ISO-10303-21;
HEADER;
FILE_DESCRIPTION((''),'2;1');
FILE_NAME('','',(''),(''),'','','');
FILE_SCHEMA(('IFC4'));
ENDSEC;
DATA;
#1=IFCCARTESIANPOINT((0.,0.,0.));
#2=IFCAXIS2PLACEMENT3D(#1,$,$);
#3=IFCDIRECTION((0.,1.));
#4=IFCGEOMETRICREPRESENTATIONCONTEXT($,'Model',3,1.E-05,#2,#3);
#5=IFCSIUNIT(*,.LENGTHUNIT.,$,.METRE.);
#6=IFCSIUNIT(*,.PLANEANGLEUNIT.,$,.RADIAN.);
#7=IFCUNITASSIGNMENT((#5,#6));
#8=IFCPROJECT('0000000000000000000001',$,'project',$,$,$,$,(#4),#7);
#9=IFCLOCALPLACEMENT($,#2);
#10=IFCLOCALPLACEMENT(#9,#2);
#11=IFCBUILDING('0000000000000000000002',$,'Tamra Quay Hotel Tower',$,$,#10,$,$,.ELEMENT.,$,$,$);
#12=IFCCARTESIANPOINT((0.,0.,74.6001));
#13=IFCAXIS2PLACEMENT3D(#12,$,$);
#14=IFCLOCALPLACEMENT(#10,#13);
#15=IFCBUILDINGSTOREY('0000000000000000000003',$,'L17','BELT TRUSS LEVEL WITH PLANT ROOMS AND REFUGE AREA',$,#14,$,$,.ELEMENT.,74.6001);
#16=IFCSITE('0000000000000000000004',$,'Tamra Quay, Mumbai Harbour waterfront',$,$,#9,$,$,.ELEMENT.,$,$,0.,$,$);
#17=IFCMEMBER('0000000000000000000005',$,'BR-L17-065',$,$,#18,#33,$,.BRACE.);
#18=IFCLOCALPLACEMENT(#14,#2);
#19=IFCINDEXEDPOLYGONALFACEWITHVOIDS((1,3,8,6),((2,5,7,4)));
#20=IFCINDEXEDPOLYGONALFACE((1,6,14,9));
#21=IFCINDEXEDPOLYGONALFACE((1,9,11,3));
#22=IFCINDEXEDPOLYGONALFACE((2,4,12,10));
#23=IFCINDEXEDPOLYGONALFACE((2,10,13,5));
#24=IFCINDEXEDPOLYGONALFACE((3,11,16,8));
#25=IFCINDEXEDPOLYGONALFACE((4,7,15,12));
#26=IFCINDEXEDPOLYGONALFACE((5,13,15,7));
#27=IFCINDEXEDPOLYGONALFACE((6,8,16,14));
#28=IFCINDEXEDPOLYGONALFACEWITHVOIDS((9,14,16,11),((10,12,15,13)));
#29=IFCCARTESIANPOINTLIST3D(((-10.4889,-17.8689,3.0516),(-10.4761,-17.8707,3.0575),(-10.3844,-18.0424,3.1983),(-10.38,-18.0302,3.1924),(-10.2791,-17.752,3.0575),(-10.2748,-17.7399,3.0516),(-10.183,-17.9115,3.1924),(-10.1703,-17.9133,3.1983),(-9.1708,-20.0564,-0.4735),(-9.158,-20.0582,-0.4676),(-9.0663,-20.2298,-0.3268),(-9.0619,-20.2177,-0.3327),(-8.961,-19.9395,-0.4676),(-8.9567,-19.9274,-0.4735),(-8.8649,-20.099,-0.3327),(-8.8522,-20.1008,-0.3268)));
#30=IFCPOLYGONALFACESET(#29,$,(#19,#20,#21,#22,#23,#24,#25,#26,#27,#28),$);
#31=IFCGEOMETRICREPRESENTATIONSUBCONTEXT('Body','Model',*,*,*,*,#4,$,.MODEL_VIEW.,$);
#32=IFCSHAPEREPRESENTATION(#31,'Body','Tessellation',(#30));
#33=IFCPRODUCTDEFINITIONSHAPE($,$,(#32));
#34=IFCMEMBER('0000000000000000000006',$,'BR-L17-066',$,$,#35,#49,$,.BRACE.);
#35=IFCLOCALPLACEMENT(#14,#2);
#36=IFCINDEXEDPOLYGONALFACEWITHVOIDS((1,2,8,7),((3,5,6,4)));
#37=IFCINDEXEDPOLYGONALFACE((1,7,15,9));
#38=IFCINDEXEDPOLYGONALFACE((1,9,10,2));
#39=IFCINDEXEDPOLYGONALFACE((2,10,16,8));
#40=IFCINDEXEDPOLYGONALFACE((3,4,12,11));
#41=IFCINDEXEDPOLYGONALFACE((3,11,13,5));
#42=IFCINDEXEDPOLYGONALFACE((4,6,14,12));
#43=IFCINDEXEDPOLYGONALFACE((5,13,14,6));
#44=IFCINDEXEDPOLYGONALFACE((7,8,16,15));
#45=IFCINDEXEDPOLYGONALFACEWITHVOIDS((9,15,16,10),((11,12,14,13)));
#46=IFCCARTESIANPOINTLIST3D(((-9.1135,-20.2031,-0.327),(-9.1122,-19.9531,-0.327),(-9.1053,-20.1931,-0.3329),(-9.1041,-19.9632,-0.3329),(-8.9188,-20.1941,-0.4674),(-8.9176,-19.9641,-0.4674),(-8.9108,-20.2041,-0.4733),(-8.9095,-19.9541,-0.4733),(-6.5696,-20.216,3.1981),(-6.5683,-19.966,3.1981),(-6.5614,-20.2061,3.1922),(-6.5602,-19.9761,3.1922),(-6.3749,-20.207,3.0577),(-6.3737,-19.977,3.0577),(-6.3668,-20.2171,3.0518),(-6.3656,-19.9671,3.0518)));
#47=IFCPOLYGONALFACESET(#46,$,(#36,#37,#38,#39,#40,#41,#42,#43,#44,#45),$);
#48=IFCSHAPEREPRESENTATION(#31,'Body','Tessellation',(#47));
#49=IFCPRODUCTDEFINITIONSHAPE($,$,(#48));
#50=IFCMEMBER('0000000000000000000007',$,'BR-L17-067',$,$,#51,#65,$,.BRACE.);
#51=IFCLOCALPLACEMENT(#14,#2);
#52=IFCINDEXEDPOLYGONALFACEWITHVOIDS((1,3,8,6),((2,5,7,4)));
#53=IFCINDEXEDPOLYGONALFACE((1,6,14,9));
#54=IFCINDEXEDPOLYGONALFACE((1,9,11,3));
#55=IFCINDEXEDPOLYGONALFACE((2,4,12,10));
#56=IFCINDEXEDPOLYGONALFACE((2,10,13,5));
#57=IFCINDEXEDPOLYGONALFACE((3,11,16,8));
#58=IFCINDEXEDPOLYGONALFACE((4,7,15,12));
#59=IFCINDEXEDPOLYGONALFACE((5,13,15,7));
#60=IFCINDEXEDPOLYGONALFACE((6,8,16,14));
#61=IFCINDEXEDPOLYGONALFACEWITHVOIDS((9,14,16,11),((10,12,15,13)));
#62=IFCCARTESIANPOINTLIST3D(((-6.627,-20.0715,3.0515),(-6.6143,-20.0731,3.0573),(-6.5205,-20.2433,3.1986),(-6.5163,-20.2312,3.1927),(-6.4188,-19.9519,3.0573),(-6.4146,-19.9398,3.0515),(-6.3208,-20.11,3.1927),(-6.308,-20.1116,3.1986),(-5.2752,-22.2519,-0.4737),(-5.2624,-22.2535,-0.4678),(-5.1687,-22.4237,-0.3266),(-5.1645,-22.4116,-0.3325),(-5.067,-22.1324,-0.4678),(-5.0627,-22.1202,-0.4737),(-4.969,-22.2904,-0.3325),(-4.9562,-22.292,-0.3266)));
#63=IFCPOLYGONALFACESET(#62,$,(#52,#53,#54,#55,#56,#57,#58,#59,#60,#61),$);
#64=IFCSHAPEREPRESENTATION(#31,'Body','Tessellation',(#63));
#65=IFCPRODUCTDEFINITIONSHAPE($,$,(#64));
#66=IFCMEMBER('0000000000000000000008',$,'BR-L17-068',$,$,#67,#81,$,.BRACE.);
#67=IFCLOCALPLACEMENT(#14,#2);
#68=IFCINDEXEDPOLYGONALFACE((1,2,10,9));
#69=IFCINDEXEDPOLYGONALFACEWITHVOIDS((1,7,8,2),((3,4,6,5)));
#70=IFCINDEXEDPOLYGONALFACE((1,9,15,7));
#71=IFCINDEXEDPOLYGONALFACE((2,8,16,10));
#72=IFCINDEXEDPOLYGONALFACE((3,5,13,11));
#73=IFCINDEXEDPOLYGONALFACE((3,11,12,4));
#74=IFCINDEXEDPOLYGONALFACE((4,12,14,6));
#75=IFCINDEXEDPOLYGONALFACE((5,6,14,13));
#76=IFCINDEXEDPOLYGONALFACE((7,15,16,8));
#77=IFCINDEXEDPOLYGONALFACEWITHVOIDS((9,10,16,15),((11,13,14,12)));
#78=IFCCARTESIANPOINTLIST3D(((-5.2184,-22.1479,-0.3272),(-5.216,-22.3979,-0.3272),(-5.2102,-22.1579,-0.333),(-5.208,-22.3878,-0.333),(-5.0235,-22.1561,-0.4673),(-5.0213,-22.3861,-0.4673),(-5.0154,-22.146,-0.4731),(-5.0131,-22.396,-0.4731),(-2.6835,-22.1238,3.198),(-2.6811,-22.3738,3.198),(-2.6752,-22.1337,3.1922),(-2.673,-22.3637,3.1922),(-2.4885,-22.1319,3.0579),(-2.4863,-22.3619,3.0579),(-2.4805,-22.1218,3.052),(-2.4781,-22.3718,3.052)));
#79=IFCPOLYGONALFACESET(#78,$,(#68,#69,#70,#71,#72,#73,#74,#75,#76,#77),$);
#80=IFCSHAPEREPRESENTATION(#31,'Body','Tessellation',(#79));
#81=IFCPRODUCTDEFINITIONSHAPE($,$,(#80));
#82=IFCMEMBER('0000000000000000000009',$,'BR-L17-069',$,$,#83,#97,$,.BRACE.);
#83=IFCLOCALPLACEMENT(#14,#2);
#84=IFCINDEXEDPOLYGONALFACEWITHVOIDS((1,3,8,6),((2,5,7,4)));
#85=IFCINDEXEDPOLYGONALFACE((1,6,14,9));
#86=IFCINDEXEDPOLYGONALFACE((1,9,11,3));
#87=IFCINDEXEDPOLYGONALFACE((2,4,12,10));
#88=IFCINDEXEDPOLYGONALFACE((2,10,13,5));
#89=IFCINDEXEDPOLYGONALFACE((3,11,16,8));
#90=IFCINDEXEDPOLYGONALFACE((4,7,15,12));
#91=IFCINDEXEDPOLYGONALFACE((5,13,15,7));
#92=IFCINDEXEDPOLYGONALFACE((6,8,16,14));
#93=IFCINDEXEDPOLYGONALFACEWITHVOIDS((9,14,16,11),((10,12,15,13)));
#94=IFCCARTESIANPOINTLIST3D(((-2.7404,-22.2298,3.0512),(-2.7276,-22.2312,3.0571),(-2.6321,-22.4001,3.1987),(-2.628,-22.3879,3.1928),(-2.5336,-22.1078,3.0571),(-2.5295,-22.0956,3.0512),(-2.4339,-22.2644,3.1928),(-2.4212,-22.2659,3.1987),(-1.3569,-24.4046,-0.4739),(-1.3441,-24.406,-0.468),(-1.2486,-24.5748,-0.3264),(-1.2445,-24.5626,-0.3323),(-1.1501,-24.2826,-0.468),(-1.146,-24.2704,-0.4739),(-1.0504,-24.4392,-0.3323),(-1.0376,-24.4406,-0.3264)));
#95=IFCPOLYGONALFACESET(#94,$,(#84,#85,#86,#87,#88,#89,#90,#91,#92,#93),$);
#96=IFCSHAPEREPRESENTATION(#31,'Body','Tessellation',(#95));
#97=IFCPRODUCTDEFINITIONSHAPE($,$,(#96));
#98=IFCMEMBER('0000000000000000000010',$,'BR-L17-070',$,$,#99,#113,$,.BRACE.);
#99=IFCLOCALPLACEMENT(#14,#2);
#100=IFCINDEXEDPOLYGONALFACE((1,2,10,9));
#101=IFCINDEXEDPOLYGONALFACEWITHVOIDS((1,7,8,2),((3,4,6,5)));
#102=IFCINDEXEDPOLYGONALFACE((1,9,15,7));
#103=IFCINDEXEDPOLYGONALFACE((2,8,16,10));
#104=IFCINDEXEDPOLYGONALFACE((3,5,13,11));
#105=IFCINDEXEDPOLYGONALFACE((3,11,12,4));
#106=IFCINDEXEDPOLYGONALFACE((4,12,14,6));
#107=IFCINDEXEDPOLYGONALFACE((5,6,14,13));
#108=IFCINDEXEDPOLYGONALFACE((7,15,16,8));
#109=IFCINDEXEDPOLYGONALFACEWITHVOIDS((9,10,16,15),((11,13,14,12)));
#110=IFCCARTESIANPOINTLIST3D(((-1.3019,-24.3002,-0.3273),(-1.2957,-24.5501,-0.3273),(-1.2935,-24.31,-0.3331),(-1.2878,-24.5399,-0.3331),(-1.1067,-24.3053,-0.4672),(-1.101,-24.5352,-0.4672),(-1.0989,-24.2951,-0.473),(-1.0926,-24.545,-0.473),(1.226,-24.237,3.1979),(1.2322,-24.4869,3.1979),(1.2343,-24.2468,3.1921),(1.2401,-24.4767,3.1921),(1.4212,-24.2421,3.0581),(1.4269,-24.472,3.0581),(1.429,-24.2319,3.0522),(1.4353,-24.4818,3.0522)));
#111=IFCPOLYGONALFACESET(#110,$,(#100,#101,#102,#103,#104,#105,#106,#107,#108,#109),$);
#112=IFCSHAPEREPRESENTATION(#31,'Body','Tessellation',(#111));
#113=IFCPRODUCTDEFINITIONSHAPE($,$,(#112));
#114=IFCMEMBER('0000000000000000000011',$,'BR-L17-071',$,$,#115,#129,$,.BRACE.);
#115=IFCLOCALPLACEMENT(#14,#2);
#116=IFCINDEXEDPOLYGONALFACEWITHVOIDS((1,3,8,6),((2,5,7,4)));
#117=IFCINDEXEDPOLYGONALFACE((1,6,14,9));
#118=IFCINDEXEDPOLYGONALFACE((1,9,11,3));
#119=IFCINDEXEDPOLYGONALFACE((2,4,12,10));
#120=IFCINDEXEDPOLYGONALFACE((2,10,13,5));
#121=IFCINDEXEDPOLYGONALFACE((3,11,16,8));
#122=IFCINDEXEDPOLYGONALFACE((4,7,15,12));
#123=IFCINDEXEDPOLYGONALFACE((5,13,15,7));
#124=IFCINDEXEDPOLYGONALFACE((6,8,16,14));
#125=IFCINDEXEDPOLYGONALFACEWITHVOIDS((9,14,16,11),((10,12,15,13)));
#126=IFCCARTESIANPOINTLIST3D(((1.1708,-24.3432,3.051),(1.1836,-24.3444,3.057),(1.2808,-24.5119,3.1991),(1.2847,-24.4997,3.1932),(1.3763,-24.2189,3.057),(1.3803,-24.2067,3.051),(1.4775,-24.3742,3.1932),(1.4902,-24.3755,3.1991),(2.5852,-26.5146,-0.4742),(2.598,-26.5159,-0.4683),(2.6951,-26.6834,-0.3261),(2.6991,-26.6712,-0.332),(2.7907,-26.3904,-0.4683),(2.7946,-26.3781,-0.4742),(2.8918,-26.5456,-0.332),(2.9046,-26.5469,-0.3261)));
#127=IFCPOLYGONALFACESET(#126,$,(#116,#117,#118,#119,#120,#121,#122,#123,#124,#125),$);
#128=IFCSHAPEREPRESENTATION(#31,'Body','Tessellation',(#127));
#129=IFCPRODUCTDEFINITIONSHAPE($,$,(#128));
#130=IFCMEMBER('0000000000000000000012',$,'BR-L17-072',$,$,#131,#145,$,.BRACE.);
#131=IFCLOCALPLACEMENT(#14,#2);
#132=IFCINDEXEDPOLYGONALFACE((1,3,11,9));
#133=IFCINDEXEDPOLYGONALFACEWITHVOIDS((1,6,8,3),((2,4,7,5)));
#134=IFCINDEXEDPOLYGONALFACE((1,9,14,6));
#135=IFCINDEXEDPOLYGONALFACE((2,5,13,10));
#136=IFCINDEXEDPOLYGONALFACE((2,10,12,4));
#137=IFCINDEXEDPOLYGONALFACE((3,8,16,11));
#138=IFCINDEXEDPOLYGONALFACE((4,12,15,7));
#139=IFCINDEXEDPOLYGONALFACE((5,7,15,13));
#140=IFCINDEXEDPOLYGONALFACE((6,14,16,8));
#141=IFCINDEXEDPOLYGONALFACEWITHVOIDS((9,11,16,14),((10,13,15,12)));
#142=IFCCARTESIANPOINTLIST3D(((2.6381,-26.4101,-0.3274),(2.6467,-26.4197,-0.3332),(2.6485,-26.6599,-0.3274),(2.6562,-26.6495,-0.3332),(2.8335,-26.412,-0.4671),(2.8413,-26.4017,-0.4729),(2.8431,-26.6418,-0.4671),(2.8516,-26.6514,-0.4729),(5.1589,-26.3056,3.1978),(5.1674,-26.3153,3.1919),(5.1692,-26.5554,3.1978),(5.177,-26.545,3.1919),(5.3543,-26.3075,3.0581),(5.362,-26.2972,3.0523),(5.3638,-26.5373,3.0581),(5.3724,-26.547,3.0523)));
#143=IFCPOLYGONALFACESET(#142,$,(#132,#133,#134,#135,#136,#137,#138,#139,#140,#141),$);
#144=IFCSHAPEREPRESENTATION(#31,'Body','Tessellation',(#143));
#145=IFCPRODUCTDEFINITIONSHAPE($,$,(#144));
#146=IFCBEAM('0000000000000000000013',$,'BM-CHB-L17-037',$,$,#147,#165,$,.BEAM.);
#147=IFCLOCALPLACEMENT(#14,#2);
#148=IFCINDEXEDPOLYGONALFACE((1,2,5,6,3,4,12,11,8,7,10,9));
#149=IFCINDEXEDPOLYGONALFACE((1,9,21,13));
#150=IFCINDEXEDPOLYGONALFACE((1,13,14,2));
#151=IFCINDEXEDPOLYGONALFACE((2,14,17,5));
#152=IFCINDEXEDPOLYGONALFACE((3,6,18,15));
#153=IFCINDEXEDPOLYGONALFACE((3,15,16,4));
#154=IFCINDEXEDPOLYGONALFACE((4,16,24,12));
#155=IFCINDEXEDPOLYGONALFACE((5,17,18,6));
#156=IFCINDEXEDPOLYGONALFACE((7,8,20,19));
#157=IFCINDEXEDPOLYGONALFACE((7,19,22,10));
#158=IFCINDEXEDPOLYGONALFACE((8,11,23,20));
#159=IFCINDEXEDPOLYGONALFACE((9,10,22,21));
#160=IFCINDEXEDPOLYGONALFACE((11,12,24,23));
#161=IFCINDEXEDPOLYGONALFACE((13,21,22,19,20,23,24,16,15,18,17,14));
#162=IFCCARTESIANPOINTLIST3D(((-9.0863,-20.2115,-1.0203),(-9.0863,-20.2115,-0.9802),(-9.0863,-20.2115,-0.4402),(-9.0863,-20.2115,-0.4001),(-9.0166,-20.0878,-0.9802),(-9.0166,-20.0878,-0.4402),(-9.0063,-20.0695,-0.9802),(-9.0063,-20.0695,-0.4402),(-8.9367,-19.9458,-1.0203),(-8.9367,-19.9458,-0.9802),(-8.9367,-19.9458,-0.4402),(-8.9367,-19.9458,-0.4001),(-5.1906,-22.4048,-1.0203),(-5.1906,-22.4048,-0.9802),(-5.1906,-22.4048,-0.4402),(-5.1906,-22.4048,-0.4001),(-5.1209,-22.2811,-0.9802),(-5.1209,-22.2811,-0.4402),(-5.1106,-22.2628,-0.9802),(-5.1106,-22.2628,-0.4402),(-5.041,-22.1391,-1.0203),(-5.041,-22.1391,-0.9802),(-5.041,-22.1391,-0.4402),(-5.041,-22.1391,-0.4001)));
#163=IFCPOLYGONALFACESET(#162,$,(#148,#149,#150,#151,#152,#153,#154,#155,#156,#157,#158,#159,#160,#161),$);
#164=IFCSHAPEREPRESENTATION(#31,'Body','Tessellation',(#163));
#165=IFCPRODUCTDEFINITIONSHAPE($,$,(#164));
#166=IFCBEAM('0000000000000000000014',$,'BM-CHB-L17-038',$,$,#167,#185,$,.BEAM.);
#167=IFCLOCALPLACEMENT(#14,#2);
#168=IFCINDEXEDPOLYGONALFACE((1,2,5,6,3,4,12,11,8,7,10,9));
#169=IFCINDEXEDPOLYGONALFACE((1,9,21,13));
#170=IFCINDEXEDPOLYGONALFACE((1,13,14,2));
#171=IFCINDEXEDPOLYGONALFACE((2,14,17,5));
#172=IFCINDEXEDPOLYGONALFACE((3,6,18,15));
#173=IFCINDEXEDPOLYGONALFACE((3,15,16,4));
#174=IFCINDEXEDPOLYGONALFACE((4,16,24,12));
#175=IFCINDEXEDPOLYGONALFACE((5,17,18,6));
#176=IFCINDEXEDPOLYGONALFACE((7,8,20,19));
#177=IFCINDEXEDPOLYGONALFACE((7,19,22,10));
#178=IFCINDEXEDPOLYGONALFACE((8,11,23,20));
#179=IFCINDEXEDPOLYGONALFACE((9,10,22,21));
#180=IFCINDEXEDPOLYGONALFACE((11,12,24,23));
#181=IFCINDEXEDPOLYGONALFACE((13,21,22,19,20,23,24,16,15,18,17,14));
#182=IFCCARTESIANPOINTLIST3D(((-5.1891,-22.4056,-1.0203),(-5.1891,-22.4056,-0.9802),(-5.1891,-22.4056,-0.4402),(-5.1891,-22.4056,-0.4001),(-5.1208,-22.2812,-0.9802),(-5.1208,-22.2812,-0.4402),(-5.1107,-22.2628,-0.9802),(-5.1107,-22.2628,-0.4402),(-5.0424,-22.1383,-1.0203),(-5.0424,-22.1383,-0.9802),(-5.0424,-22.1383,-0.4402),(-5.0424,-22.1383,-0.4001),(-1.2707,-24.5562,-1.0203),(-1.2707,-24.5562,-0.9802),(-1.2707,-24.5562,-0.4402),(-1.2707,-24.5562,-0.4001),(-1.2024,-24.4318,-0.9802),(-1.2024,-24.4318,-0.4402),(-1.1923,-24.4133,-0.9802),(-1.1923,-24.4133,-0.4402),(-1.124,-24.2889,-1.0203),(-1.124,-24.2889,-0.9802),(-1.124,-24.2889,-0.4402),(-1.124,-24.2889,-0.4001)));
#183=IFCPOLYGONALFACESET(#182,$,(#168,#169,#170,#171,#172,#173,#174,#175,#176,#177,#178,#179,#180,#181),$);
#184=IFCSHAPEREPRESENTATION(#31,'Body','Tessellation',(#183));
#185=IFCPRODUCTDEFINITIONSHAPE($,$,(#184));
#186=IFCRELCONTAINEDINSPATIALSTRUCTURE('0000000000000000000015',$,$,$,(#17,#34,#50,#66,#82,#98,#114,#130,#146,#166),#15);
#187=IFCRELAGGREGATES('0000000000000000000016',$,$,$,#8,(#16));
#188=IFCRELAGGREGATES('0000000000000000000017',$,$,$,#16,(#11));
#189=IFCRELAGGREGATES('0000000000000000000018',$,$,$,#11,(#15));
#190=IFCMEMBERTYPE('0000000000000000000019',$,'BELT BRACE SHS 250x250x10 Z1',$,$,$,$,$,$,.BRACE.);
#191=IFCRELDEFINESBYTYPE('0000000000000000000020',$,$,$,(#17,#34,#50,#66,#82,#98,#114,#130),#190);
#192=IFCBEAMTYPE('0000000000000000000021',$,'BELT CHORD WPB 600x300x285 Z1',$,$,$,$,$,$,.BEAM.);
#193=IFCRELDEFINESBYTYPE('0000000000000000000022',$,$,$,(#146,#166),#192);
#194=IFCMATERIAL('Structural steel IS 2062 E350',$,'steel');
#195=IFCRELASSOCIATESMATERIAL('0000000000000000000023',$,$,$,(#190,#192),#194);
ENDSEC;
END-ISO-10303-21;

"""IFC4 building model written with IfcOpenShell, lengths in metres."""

from ifc_helpers import new_model, si_unit, direction, frame, origin, origin_2d, place, context, subcontext, project, spatial, hollow_rectangle, i_section, extrude, material, material_profile, profile_set, type_object, element, save


model = new_model("IFC4")

# Units and contexts
model_context = context("Model", 3, precision=1e-05, world=origin(), true_north=direction((0.0, 1.0)))
body_context = subcontext(model_context, "Body", "Model", "MODEL_VIEW")
ifc_project = project(units=[si_unit("LENGTHUNIT", "METRE"), si_unit("PLANEANGLEUNIT", "RADIAN")], contexts=[model_context])

# Site, building, storey
site_placement = place(None, origin())
site = spatial("IfcSite", under=ifc_project, at=site_placement, Name="Tamra Quay, Mumbai Harbour waterfront", CompositionType="ELEMENT", RefElevation=0.0)
building_placement = place(site_placement, origin())
building = spatial("IfcBuilding", under=site, at=building_placement, Name="Tamra Quay Hotel Tower", CompositionType="ELEMENT")
storey_placement = place(building_placement, frame((0.0, 0.0, 74.6001)))
storey = spatial("IfcBuildingStorey", under=building, at=storey_placement, Name="L17", Description="BELT TRUSS LEVEL WITH PLANT ROOMS AND REFUGE AREA", CompositionType="ELEMENT", Elevation=74.6001)

# Members
ifc_material_1 = material(Name="Structural steel IS 2062 E350", Category="steel")
ifc_material_profile_1 = material_profile(ifc_material_1, hollow_rectangle(XDim=0.25, YDim=0.25, WallThickness=0.01, at=origin_2d()), Name="SHS 250x250x10")
ifc_profile_set_1 = profile_set([ifc_material_profile_1], Name="Structural steel IS 2062 E350")
member_type = type_object("IfcMemberType", Name="BELT BRACE SHS 250x250x10 Z1", PredefinedType="BRACE", material=ifc_profile_set_1)
member_1_placement = place(storey_placement, frame((-9.0115, -20.0786, -0.4001), z_axis=(-0.302801, 0.502519, 0.809806), x_axis=(-0.856521, -0.516112, 0.0)))
element("IfcMember", 1, at=member_1_placement, inside=storey, type_object=member_type, Name="BR-L17-065", PredefinedType="BRACE", context=body_context, shape_type="SweptSolid", body=[
    extrude(hollow_rectangle(XDim=0.25, YDim=0.25, WallThickness=0.01, at=origin_2d()), origin(), (0.0, 0.0, 1.0), 4.353),
])
member_2_placement = place(storey_placement, frame((-9.0115, -20.0786, -0.4001), z_axis=(0.585187, -0.002976, 0.810893), x_axis=(0.005086, 0.999987, 0.0)))
element("IfcMember", 2, at=member_2_placement, inside=storey, type_object=member_type, Name="BR-L17-066", PredefinedType="BRACE", context=body_context, shape_type="SweptSolid", body=[
    extrude(hollow_rectangle(XDim=0.25, YDim=0.25, WallThickness=0.01, at=origin_2d()), origin(), (0.0, 0.0, 1.0), 4.3472),
])
member_3_placement = place(storey_placement, frame((-5.1157, -22.272, -0.4001), z_axis=(-0.310058, 0.500114, 0.808548), x_axis=(-0.849912, -0.526925, 0.0)))
element("IfcMember", 3, at=member_3_placement, inside=storey, type_object=member_type, Name="BR-L17-067", PredefinedType="BRACE", context=body_context, shape_type="SweptSolid", body=[
    extrude(hollow_rectangle(XDim=0.25, YDim=0.25, WallThickness=0.01, at=origin_2d()), origin(), (0.0, 0.0, 1.0), 4.3599),
])
member_4_placement = place(storey_placement, frame((-5.1157, -22.272, -0.4001), z_axis=(0.583811, 0.005567, 0.81187), x_axis=(-0.009534, 0.999955, 0.0)))
element("IfcMember", 4, at=member_4_placement, inside=storey, type_object=member_type, Name="BR-L17-068", PredefinedType="BRACE", context=body_context, shape_type="SweptSolid", body=[
    extrude(hollow_rectangle(XDim=0.25, YDim=0.25, WallThickness=0.01, at=origin_2d()), origin(), (0.0, 0.0, 1.0), 4.342),
])
member_5_placement = place(storey_placement, frame((-1.1973, -24.4226, -0.4001), z_axis=(-0.316819, 0.49801, 0.807225), x_axis=(-0.843736, -0.536759, 0.0)))
element("IfcMember", 5, at=member_5_placement, inside=storey, type_object=member_type, Name="BR-L17-069", PredefinedType="BRACE", context=body_context, shape_type="SweptSolid", body=[
    extrude(hollow_rectangle(XDim=0.25, YDim=0.25, WallThickness=0.01, at=origin_2d()), origin(), (0.0, 0.0, 1.0), 4.3669),
])
member_6_placement = place(storey_placement, frame((-1.1973, -24.4226, -0.4001), z_axis=(0.582682, 0.014575, 0.81257), x_axis=(-0.025007, 0.999687, 0.0)))
element("IfcMember", 6, at=member_6_placement, inside=storey, type_object=member_type, Name="BR-L17-070", PredefinedType="BRACE", context=body_context, shape_type="SweptSolid", body=[
    extrude(hollow_rectangle(XDim=0.25, YDim=0.25, WallThickness=0.01, at=origin_2d()), origin(), (0.0, 0.0, 1.0), 4.3384),
])
member_7_placement = place(storey_placement, frame((2.7449, -26.5308, -0.4001), z_axis=(-0.32326, 0.496301, 0.805722), x_axis=(-0.837931, -0.545776, 0.0)))
element("IfcMember", 7, at=member_7_placement, inside=storey, type_object=member_type, Name="BR-L17-071", PredefinedType="BRACE", context=body_context, shape_type="SweptSolid", body=[
    extrude(hollow_rectangle(XDim=0.25, YDim=0.25, WallThickness=0.01, at=origin_2d()), origin(), (0.0, 0.0, 1.0), 4.3752),
])
member_8_placement = place(storey_placement, frame((2.7449, -26.5308, -0.4001), z_axis=(0.581495, 0.024105, 0.813192), x_axis=(-0.041417, 0.999142, 0.0)))
element("IfcMember", 8, at=member_8_placement, inside=storey, type_object=member_type, Name="BR-L17-072", PredefinedType="BRACE", context=body_context, shape_type="SweptSolid", body=[
    extrude(hollow_rectangle(XDim=0.25, YDim=0.25, WallThickness=0.01, at=origin_2d()), origin(), (0.0, 0.0, 1.0), 4.335),
])

# Beams
ifc_material_profile_2 = material_profile(ifc_material_1, i_section(OverallWidth=0.3049, OverallDepth=0.6201, WebThickness=0.021, FlangeThickness=0.04, at=origin_2d()), Name="WPB 600x300x285")
ifc_profile_set_2 = profile_set([ifc_material_profile_2], Name="Structural steel IS 2062 E350")
beam_type_1 = type_object("IfcBeamType", Name="BELT CHORD WPB 600x300x285 Z1", PredefinedType="BEAM", material=ifc_profile_set_2)
beam_1_placement = place(storey_placement, frame((-9.0115, -20.0786, -0.7102), z_axis=(0.871384, -0.490601, 0.0), x_axis=(0.490601, 0.871384, 0.0)))
element("IfcBeam", 9, at=beam_1_placement, inside=storey, type_object=beam_type_1, Name="BM-CHB-L17-037", PredefinedType="BEAM", context=body_context, shape_type="SweptSolid", body=[
    extrude(i_section(OverallWidth=0.3049, OverallDepth=0.6201, WebThickness=0.021, FlangeThickness=0.04, at=origin_2d()), origin(), (0.0, 0.0, 1.0), 4.4707),
])
beam_2_placement = place(storey_placement, frame((-5.1157, -22.272, -0.7102), z_axis=(0.876642, -0.481143, 0.0), x_axis=(0.481143, 0.876642, 0.0)))
element("IfcBeam", 10, at=beam_2_placement, inside=storey, type_object=beam_type_1, Name="BM-CHB-L17-038", PredefinedType="BEAM", context=body_context, shape_type="SweptSolid", body=[
    extrude(i_section(OverallWidth=0.3049, OverallDepth=0.6201, WebThickness=0.021, FlangeThickness=0.04, at=origin_2d()), origin(), (0.0, 0.0, 1.0), 4.4697),
])

save(model, "model.ifc")
